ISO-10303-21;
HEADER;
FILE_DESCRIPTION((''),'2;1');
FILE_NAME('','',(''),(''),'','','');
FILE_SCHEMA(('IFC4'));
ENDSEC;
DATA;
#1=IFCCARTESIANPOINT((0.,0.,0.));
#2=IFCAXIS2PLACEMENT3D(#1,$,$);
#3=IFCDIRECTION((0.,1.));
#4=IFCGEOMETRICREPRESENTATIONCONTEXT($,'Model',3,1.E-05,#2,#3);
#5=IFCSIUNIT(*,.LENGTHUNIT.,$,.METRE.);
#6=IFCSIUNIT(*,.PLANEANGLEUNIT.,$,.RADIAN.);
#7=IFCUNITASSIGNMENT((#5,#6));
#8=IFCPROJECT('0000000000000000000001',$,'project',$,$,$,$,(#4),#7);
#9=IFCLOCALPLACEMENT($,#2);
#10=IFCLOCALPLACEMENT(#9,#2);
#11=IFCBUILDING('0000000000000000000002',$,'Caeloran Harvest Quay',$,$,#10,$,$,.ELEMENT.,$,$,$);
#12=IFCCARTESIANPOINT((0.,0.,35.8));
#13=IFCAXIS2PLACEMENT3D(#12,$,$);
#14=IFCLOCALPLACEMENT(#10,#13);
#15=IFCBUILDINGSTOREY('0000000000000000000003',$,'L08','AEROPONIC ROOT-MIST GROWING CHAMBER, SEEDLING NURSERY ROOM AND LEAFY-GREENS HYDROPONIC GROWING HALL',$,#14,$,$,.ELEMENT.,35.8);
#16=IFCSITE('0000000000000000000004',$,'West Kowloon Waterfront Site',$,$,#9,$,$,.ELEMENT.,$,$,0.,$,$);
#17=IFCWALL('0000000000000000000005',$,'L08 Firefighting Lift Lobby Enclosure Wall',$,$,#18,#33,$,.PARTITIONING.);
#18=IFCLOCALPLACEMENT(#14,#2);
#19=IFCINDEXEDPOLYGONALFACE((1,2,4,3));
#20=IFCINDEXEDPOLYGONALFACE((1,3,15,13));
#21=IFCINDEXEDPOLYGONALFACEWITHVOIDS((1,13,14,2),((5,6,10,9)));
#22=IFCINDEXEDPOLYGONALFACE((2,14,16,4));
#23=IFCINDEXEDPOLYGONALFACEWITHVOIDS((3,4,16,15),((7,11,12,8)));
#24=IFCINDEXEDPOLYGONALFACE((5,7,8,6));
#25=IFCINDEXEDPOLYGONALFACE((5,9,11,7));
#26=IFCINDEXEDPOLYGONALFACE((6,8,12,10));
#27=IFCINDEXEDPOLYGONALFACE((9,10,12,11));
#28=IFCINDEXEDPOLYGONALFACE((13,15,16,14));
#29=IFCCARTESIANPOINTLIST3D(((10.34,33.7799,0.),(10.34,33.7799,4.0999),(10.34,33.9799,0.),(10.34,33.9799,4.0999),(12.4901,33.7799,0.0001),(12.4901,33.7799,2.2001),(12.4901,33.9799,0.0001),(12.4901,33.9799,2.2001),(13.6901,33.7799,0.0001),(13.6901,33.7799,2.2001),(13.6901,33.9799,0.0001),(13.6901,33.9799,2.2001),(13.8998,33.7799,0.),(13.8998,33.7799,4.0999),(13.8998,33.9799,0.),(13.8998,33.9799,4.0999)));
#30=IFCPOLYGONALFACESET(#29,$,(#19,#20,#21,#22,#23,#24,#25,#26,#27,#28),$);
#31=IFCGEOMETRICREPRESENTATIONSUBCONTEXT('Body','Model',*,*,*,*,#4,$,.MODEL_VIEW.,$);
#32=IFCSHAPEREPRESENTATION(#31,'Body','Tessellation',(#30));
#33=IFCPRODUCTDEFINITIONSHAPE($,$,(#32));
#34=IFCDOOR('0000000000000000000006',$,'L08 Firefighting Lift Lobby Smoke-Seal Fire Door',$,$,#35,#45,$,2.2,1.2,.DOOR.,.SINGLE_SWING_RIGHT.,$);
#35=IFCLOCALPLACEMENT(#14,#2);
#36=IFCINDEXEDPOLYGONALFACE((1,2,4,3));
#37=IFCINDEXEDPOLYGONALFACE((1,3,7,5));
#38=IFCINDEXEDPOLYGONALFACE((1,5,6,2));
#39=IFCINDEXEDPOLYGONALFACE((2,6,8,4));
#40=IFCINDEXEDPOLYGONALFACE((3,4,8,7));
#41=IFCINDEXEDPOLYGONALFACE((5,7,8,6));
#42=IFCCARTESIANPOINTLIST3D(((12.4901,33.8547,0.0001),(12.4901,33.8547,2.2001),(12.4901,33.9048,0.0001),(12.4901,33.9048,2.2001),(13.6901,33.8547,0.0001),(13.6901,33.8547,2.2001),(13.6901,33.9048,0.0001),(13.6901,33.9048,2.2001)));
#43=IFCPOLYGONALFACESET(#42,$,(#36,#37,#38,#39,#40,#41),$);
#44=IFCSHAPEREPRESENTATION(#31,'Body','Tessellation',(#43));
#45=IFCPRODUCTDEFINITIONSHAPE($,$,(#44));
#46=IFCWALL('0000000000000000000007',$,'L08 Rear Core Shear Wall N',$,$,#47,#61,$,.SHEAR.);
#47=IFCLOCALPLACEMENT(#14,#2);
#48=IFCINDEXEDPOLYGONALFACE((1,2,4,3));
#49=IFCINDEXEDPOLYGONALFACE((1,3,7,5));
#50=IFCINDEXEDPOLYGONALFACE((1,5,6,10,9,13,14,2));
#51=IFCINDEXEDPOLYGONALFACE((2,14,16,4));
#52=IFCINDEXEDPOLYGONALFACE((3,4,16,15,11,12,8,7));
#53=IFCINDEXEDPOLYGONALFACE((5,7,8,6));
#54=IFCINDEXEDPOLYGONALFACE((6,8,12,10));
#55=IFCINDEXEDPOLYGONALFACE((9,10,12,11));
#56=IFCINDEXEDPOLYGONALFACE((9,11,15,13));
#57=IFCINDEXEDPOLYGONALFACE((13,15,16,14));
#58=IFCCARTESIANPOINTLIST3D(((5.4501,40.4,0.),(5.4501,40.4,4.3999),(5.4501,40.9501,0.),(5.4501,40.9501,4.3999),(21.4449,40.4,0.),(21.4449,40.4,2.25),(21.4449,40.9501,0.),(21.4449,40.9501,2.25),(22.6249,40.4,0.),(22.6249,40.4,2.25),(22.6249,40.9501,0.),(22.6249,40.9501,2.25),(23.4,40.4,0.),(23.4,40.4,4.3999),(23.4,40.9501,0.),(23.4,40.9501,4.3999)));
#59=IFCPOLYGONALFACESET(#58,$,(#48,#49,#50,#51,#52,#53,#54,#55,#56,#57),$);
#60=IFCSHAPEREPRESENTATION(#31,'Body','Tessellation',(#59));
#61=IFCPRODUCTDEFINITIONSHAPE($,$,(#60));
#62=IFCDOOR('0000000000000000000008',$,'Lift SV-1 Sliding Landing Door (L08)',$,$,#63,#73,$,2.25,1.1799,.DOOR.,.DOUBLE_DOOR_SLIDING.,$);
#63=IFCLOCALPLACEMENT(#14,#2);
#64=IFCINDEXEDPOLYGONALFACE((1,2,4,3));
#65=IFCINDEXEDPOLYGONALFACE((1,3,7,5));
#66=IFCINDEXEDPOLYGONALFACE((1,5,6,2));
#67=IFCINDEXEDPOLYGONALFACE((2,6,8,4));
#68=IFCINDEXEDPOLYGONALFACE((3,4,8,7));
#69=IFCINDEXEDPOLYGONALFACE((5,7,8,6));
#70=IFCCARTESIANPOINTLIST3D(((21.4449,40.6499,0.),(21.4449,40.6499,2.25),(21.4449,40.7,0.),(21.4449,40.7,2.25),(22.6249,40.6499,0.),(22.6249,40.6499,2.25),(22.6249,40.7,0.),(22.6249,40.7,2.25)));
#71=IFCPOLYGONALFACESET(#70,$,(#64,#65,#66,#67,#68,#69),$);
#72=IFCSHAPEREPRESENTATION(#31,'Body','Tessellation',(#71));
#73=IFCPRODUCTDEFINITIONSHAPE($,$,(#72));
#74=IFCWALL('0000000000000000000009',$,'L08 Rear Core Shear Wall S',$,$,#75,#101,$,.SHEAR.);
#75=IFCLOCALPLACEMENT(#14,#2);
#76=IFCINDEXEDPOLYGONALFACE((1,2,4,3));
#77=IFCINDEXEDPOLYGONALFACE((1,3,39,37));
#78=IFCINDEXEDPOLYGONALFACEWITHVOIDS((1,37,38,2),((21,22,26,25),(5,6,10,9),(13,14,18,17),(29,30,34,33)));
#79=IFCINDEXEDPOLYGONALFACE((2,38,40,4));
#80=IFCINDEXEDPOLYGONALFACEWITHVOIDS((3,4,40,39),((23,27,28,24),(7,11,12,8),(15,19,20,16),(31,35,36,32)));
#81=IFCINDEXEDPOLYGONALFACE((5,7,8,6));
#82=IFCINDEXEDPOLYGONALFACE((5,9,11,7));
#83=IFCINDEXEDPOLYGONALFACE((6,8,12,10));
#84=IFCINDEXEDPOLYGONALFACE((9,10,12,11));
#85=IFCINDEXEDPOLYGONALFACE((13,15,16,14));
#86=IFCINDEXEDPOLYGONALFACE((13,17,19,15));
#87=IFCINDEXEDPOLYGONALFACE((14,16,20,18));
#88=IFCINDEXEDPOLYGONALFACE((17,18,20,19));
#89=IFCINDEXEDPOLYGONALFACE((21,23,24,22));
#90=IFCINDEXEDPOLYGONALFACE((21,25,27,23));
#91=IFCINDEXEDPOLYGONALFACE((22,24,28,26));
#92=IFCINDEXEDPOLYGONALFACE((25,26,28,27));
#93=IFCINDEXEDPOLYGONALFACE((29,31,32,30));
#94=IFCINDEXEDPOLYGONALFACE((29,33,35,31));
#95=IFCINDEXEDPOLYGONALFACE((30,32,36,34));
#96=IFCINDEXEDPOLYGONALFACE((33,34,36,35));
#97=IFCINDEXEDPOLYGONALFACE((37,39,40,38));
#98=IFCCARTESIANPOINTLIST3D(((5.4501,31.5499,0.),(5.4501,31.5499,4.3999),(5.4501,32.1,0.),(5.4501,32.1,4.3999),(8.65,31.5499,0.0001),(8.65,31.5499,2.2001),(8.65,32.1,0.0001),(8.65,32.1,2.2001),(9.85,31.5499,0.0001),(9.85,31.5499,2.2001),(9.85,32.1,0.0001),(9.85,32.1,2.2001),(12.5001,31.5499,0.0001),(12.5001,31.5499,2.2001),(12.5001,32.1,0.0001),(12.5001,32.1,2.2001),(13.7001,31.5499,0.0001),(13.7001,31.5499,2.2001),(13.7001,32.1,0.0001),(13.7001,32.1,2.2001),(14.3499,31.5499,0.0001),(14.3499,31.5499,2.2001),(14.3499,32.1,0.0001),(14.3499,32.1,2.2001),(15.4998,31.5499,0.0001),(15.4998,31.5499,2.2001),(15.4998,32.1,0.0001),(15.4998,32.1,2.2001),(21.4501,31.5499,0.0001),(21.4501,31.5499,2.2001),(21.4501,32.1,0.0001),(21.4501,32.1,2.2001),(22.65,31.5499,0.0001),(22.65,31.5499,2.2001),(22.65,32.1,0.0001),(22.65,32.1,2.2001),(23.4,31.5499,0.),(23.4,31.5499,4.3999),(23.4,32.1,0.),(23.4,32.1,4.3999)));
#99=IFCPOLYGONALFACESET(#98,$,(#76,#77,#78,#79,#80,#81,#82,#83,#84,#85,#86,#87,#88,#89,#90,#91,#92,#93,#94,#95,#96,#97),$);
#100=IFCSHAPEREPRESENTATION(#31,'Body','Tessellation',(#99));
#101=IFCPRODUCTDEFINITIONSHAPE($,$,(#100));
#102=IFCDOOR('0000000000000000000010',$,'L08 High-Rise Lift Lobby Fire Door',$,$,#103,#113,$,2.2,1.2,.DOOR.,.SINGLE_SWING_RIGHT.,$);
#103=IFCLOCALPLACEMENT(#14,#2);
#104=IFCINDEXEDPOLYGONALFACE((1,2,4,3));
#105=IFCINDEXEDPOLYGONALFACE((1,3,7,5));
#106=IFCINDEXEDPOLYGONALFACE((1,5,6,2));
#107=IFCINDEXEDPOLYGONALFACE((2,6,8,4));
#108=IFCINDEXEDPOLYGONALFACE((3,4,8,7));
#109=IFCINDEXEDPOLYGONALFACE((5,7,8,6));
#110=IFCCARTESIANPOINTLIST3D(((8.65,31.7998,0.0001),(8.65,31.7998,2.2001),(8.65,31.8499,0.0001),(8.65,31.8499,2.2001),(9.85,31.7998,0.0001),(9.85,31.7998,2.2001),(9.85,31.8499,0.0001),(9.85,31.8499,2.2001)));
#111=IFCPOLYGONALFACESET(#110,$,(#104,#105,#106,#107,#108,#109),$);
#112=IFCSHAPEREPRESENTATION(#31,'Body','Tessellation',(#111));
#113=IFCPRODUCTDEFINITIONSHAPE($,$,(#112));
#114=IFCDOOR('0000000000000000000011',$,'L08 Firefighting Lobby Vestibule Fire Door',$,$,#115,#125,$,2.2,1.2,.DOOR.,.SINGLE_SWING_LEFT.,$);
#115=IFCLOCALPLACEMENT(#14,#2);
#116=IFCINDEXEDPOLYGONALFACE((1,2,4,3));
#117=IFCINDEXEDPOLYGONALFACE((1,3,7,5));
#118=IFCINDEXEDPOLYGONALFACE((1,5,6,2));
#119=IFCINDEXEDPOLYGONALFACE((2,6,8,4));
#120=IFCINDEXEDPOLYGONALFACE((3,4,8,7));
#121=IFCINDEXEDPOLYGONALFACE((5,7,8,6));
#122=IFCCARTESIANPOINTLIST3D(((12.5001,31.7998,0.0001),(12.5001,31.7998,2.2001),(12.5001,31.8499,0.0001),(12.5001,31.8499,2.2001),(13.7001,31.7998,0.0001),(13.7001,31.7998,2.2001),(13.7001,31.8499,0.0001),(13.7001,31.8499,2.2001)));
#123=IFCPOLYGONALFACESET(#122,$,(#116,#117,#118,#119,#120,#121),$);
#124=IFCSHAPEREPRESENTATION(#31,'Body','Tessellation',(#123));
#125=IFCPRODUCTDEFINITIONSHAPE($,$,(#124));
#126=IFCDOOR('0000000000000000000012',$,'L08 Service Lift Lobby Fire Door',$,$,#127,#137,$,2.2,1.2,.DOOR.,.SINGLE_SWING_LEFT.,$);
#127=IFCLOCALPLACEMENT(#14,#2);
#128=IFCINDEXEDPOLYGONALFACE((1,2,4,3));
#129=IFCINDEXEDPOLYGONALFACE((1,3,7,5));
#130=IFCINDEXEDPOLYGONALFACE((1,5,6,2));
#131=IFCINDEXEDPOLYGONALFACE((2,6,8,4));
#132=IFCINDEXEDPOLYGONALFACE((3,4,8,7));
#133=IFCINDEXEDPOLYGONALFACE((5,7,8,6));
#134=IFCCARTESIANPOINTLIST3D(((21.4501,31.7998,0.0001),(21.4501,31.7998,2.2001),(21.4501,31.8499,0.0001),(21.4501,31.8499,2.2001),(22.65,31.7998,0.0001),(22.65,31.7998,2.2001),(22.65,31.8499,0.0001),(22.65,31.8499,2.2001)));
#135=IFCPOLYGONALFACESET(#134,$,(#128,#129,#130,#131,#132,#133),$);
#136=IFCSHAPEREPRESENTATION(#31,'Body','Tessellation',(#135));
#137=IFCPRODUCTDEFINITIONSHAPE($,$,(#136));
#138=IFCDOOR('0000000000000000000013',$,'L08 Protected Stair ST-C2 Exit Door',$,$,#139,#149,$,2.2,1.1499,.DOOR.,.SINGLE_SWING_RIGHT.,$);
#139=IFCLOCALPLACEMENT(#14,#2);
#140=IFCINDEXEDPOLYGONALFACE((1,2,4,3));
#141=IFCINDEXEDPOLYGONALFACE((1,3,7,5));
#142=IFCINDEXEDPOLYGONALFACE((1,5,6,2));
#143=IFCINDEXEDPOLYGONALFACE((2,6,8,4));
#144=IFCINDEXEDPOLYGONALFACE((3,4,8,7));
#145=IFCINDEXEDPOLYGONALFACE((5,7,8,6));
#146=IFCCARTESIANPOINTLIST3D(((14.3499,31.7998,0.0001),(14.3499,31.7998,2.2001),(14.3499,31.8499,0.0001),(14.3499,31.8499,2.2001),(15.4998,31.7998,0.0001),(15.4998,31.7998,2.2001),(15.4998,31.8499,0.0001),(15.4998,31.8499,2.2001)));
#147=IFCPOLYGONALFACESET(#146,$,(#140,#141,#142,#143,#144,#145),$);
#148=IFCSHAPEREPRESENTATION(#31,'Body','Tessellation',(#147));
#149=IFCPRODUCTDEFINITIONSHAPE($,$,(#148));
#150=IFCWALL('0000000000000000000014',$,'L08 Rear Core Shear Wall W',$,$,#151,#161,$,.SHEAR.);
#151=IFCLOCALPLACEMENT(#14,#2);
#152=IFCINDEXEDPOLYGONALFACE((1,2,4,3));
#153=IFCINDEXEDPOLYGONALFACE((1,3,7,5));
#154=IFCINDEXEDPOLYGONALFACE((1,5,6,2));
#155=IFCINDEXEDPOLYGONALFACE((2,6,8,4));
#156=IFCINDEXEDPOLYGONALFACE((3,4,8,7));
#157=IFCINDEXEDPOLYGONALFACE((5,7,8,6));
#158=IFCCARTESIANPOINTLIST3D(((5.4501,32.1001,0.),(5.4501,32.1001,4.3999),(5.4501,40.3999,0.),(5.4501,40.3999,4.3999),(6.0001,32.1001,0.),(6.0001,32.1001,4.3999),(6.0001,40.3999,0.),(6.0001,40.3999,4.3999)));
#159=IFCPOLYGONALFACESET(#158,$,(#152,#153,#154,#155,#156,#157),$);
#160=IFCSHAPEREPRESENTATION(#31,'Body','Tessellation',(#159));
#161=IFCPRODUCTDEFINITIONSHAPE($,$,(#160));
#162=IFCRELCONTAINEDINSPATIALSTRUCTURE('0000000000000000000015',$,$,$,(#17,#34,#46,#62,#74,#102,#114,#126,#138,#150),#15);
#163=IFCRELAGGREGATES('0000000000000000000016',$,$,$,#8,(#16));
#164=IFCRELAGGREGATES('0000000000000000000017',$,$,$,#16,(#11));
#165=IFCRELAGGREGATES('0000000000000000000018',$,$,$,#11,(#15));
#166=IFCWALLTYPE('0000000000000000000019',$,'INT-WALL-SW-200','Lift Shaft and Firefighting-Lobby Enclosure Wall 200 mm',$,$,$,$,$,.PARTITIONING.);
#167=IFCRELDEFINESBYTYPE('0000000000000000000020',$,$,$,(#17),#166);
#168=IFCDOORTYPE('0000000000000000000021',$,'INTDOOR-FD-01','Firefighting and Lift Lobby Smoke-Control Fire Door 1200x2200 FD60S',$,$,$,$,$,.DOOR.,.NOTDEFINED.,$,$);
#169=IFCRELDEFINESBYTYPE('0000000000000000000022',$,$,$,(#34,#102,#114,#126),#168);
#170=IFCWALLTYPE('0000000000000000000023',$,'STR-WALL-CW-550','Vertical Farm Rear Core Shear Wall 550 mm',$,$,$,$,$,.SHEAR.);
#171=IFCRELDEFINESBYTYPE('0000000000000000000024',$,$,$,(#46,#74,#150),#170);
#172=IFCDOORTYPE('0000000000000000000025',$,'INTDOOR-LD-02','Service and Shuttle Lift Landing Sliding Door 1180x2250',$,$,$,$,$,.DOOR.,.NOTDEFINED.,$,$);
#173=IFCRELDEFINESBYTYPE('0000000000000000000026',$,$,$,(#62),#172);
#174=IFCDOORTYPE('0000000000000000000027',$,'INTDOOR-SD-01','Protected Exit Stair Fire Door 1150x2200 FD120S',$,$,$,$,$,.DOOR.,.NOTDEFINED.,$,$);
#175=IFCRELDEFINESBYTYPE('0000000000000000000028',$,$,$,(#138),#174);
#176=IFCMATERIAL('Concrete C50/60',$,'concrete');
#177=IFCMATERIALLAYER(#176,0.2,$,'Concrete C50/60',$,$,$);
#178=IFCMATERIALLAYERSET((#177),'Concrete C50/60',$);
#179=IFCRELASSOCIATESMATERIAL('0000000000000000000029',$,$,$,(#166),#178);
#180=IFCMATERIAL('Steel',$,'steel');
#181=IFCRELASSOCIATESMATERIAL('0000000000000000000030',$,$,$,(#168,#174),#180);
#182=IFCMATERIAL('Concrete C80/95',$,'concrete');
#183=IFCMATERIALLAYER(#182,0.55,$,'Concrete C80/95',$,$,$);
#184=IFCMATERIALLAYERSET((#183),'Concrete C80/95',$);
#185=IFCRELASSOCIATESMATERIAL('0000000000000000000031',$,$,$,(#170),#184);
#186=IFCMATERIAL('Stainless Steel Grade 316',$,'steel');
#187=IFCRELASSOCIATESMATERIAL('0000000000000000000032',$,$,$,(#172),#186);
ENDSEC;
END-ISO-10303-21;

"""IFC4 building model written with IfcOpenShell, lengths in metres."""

from ifc_helpers import new_model, si_unit, direction, frame, frame_2d, origin, place, context, subcontext, project, spatial, rectangle, extrude, material, layer, layer_set, type_object, element, fill, save


model = new_model("IFC4")

# Units and contexts
model_context = context("Model", 3, precision=1e-05, world=origin(), true_north=direction((0.0, 1.0)))
body_context = subcontext(model_context, "Body", "Model", "MODEL_VIEW")
ifc_project = project(units=[si_unit("LENGTHUNIT", "METRE"), si_unit("PLANEANGLEUNIT", "RADIAN")], contexts=[model_context])

# Site, building, storey
site_placement = place(None, origin())
site = spatial("IfcSite", under=ifc_project, at=site_placement, Name="West Kowloon Waterfront Site", CompositionType="ELEMENT", RefElevation=0.0)
building_placement = place(site_placement, origin())
building = spatial("IfcBuilding", under=site, at=building_placement, Name="Caeloran Harvest Quay", CompositionType="ELEMENT")
storey_placement = place(building_placement, frame((0.0, 0.0, 35.8)))
storey = spatial("IfcBuildingStorey", under=building, at=storey_placement, Name="L08", Description="AEROPONIC ROOT-MIST GROWING CHAMBER, SEEDLING NURSERY ROOM AND LEAFY-GREENS HYDROPONIC GROWING HALL", CompositionType="ELEMENT", Elevation=35.8)

# Shared definitions
ifc_material_1 = material(Name="Concrete C80/95", Category="concrete")

# Shared definitions
ifc_material_2 = material(Name="Concrete C50/60", Category="concrete")
ifc_layer_1 = layer(ifc_material_2, 0.2, Name="Concrete C50/60")
ifc_layer_set_1 = layer_set([ifc_layer_1], Name="Concrete C50/60")
wall_type_1 = type_object("IfcWallType", Name="INT-WALL-SW-200", Description="Lift Shaft and Firefighting-Lobby Enclosure Wall 200 mm", PredefinedType="PARTITIONING", material=ifc_layer_set_1)

# Shared definitions
ifc_material_3 = material(Name="Stainless Steel Grade 316", Category="steel")

# Walls, openings, doors
wall_1_placement = place(storey_placement, frame((10.3401, 33.8799, 0.0), z_axis=(0.0, 0.0, 1.0), x_axis=(1.0, 0.0, 0.0)))
wall_1 = element("IfcWall", 1, at=wall_1_placement, inside=storey, type_object=wall_type_1, Name="L08 Firefighting Lift Lobby Enclosure Wall", PredefinedType="PARTITIONING", context=body_context, shape_type="SweptSolid", body=[
    extrude(rectangle(XDim=3.5598, YDim=0.2, at=frame_2d((1.7798, 0.0))), origin(), (0.0, 0.0, 1.0), 4.0999),
])
opening_1_placement = place(wall_1_placement, frame((2.1499, 0.0, 0.0)))
opening_1 = element("IfcOpeningElement", 2, at=opening_1_placement, cuts=wall_1, PredefinedType="OPENING", context=body_context, shape_type="SweptSolid", body=[
    extrude(rectangle(XDim=1.2, YDim=2.2, at=frame_2d((0.6001, 1.1001))), frame((0.0, 0.1099, 0.0), z_axis=(0.0, -1.0, 0.0), x_axis=(1.0, 0.0, 0.0)), (0.0, 0.0, 1.0), 0.22),
])
ifc_material_4 = material(Name="Steel", Category="steel")
door_type_1 = type_object("IfcDoorType", Name="INTDOOR-FD-01", Description="Firefighting and Lift Lobby Smoke-Control Fire Door 1200x2200 FD60S", OperationType="NOTDEFINED", PredefinedType="DOOR", material=ifc_material_4)
door_1_placement = place(opening_1_placement, origin())
door_1 = element("IfcDoor", 3, at=door_1_placement, inside=storey, type_object=door_type_1, Name="L08 Firefighting Lift Lobby Smoke-Seal Fire Door", OperationType="SINGLE_SWING_RIGHT", OverallHeight=2.2, OverallWidth=1.2, PredefinedType="DOOR", context=body_context, shape_type="SweptSolid", body=[
    extrude(rectangle(XDim=1.2, YDim=2.2, at=frame_2d((0.6001, 1.1001))), frame((0.0, 0.0249, 0.0), z_axis=(0.0, -1.0, 0.0), x_axis=(1.0, 0.0, 0.0)), (0.0, 0.0, 1.0), 0.05),
])
fill(opening_1, door_1)
ifc_layer_2 = layer(ifc_material_1, 0.55, Name="Concrete C80/95")
ifc_layer_set_2 = layer_set([ifc_layer_2], Name="Concrete C80/95")
wall_type_2 = type_object("IfcWallType", Name="STR-WALL-CW-550", Description="Vertical Farm Rear Core Shear Wall 550 mm", PredefinedType="SHEAR", material=ifc_layer_set_2)
wall_2_placement = place(storey_placement, frame((5.45, 40.675, 0.0), z_axis=(0.0, 0.0, 1.0), x_axis=(1.0, 0.0, 0.0)))
wall_2 = element("IfcWall", 4, at=wall_2_placement, inside=storey, type_object=wall_type_2, Name="L08 Rear Core Shear Wall N", PredefinedType="SHEAR", context=body_context, shape_type="SweptSolid", body=[
    extrude(rectangle(XDim=17.95, YDim=0.55, at=frame_2d((8.9751, 0.0))), origin(), (0.0, 0.0, 1.0), 4.3999),
])
opening_2_placement = place(wall_2_placement, frame((15.9951, 0.0, 0.0)))
opening_2 = element("IfcOpeningElement", 5, at=opening_2_placement, cuts=wall_2, PredefinedType="OPENING", context=body_context, shape_type="SweptSolid", body=[
    extrude(rectangle(XDim=1.1799, YDim=2.25, at=frame_2d((0.5898, 1.125))), frame((0.0, 0.2852, 0.0), z_axis=(0.0, -1.0, 0.0), x_axis=(1.0, 0.0, 0.0)), (0.0, 0.0, 1.0), 0.5701),
])
door_type_2 = type_object("IfcDoorType", Name="INTDOOR-LD-02", Description="Service and Shuttle Lift Landing Sliding Door 1180x2250", OperationType="NOTDEFINED", PredefinedType="DOOR", material=ifc_material_3)
door_2_placement = place(opening_2_placement, origin())
door_2 = element("IfcDoor", 6, at=door_2_placement, inside=storey, type_object=door_type_2, Name="Lift SV-1 Sliding Landing Door (L08)", OperationType="DOUBLE_DOOR_SLIDING", OverallHeight=2.25, OverallWidth=1.1799, PredefinedType="DOOR", context=body_context, shape_type="SweptSolid", body=[
    extrude(rectangle(XDim=1.1799, YDim=2.25, at=frame_2d((0.5898, 1.125))), frame((0.0, 0.0249, 0.0), z_axis=(0.0, -1.0, 0.0), x_axis=(1.0, 0.0, 0.0)), (0.0, 0.0, 1.0), 0.05),
])
fill(opening_2, door_2)

# Wall, openings, doors
wall_3_placement = place(storey_placement, frame((5.45, 31.825, 0.0), z_axis=(0.0, 0.0, 1.0), x_axis=(1.0, 0.0, 0.0)))
wall_3 = element("IfcWall", 7, at=wall_3_placement, inside=storey, type_object=wall_type_2, Name="L08 Rear Core Shear Wall S", PredefinedType="SHEAR", context=body_context, shape_type="SweptSolid", body=[
    extrude(rectangle(XDim=17.95, YDim=0.55, at=frame_2d((8.9751, 0.0))), origin(), (0.0, 0.0, 1.0), 4.3999),
])
opening_3_placement = place(wall_3_placement, frame((3.2, 0.0, 0.0)))
opening_3 = element("IfcOpeningElement", 8, at=opening_3_placement, cuts=wall_3, PredefinedType="OPENING", context=body_context, shape_type="SweptSolid", body=[
    extrude(rectangle(XDim=1.2, YDim=2.2, at=frame_2d((0.6001, 1.1001))), frame((0.0, 0.2852, 0.0), z_axis=(0.0, -1.0, 0.0), x_axis=(1.0, 0.0, 0.0)), (0.0, 0.0, 1.0), 0.5701),
])
opening_4_placement = place(wall_3_placement, frame((7.05, 0.0, 0.0)))
opening_4 = element("IfcOpeningElement", 9, at=opening_4_placement, cuts=wall_3, PredefinedType="OPENING", context=body_context, shape_type="SweptSolid", body=[
    extrude(rectangle(XDim=1.2, YDim=2.2, at=frame_2d((0.6001, 1.1001))), frame((0.0, 0.2852, 0.0), z_axis=(0.0, -1.0, 0.0), x_axis=(1.0, 0.0, 0.0)), (0.0, 0.0, 1.0), 0.5701),
])
opening_5_placement = place(wall_3_placement, frame((8.8999, 0.0, 0.0)))
opening_5 = element("IfcOpeningElement", 10, at=opening_5_placement, cuts=wall_3, PredefinedType="OPENING", context=body_context, shape_type="SweptSolid", body=[
    extrude(rectangle(XDim=1.1499, YDim=2.2, at=frame_2d((0.575, 1.1001))), frame((0.0, 0.2852, 0.0), z_axis=(0.0, -1.0, 0.0), x_axis=(1.0, 0.0, 0.0)), (0.0, 0.0, 1.0), 0.5701),
])
opening_6_placement = place(wall_3_placement, frame((16.0, 0.0, 0.0)))
opening_6 = element("IfcOpeningElement", 11, at=opening_6_placement, cuts=wall_3, PredefinedType="OPENING", context=body_context, shape_type="SweptSolid", body=[
    extrude(rectangle(XDim=1.2, YDim=2.2, at=frame_2d((0.6001, 1.1001))), frame((0.0, 0.2852, 0.0), z_axis=(0.0, -1.0, 0.0), x_axis=(1.0, 0.0, 0.0)), (0.0, 0.0, 1.0), 0.5701),
])
door_3_placement = place(opening_3_placement, origin())
door_3 = element("IfcDoor", 12, at=door_3_placement, inside=storey, type_object=door_type_1, Name="L08 High-Rise Lift Lobby Fire Door", OperationType="SINGLE_SWING_RIGHT", OverallHeight=2.2, OverallWidth=1.2, PredefinedType="DOOR", context=body_context, shape_type="SweptSolid", body=[
    extrude(rectangle(XDim=1.2, YDim=2.2, at=frame_2d((0.6001, 1.1001))), frame((0.0, 0.0249, 0.0), z_axis=(0.0, -1.0, 0.0), x_axis=(1.0, 0.0, 0.0)), (0.0, 0.0, 1.0), 0.05),
])
fill(opening_3, door_3)
door_4_placement = place(opening_4_placement, origin())
door_4 = element("IfcDoor", 13, at=door_4_placement, inside=storey, type_object=door_type_1, Name="L08 Firefighting Lobby Vestibule Fire Door", OperationType="SINGLE_SWING_LEFT", OverallHeight=2.2, OverallWidth=1.2, PredefinedType="DOOR", context=body_context, shape_type="SweptSolid", body=[
    extrude(rectangle(XDim=1.2, YDim=2.2, at=frame_2d((0.6001, 1.1001))), frame((0.0, 0.0249, 0.0), z_axis=(0.0, -1.0, 0.0), x_axis=(1.0, 0.0, 0.0)), (0.0, 0.0, 1.0), 0.05),
])
fill(opening_4, door_4)
door_5_placement = place(opening_6_placement, origin())
door_5 = element("IfcDoor", 14, at=door_5_placement, inside=storey, type_object=door_type_1, Name="L08 Service Lift Lobby Fire Door", OperationType="SINGLE_SWING_LEFT", OverallHeight=2.2, OverallWidth=1.2, PredefinedType="DOOR", context=body_context, shape_type="SweptSolid", body=[
    extrude(rectangle(XDim=1.2, YDim=2.2, at=frame_2d((0.6001, 1.1001))), frame((0.0, 0.0249, 0.0), z_axis=(0.0, -1.0, 0.0), x_axis=(1.0, 0.0, 0.0)), (0.0, 0.0, 1.0), 0.05),
])
fill(opening_6, door_5)
door_type_3 = type_object("IfcDoorType", Name="INTDOOR-SD-01", Description="Protected Exit Stair Fire Door 1150x2200 FD120S", OperationType="NOTDEFINED", PredefinedType="DOOR", material=ifc_material_4)
door_6_placement = place(opening_5_placement, origin())
door_6 = element("IfcDoor", 15, at=door_6_placement, inside=storey, type_object=door_type_3, Name="L08 Protected Stair ST-C2 Exit Door", OperationType="SINGLE_SWING_RIGHT", OverallHeight=2.2, OverallWidth=1.1499, PredefinedType="DOOR", context=body_context, shape_type="SweptSolid", body=[
    extrude(rectangle(XDim=1.1499, YDim=2.2, at=frame_2d((0.575, 1.1001))), frame((0.0, 0.0249, 0.0), z_axis=(0.0, -1.0, 0.0), x_axis=(1.0, 0.0, 0.0)), (0.0, 0.0, 1.0), 0.05),
])
fill(opening_5, door_6)

# Wall
wall_4_placement = place(storey_placement, frame((5.7251, 32.1001, 0.0), z_axis=(0.0, 0.0, 1.0), x_axis=(0.0, 1.0, 0.0)))
element("IfcWall", 16, at=wall_4_placement, inside=storey, type_object=wall_type_2, Name="L08 Rear Core Shear Wall W", PredefinedType="SHEAR", context=body_context, shape_type="SweptSolid", body=[
    extrude(rectangle(XDim=8.2998, YDim=0.55, at=frame_2d((4.1499, 0.0))), origin(), (0.0, 0.0, 1.0), 4.3999),
])

save(model, "model.ifc")
